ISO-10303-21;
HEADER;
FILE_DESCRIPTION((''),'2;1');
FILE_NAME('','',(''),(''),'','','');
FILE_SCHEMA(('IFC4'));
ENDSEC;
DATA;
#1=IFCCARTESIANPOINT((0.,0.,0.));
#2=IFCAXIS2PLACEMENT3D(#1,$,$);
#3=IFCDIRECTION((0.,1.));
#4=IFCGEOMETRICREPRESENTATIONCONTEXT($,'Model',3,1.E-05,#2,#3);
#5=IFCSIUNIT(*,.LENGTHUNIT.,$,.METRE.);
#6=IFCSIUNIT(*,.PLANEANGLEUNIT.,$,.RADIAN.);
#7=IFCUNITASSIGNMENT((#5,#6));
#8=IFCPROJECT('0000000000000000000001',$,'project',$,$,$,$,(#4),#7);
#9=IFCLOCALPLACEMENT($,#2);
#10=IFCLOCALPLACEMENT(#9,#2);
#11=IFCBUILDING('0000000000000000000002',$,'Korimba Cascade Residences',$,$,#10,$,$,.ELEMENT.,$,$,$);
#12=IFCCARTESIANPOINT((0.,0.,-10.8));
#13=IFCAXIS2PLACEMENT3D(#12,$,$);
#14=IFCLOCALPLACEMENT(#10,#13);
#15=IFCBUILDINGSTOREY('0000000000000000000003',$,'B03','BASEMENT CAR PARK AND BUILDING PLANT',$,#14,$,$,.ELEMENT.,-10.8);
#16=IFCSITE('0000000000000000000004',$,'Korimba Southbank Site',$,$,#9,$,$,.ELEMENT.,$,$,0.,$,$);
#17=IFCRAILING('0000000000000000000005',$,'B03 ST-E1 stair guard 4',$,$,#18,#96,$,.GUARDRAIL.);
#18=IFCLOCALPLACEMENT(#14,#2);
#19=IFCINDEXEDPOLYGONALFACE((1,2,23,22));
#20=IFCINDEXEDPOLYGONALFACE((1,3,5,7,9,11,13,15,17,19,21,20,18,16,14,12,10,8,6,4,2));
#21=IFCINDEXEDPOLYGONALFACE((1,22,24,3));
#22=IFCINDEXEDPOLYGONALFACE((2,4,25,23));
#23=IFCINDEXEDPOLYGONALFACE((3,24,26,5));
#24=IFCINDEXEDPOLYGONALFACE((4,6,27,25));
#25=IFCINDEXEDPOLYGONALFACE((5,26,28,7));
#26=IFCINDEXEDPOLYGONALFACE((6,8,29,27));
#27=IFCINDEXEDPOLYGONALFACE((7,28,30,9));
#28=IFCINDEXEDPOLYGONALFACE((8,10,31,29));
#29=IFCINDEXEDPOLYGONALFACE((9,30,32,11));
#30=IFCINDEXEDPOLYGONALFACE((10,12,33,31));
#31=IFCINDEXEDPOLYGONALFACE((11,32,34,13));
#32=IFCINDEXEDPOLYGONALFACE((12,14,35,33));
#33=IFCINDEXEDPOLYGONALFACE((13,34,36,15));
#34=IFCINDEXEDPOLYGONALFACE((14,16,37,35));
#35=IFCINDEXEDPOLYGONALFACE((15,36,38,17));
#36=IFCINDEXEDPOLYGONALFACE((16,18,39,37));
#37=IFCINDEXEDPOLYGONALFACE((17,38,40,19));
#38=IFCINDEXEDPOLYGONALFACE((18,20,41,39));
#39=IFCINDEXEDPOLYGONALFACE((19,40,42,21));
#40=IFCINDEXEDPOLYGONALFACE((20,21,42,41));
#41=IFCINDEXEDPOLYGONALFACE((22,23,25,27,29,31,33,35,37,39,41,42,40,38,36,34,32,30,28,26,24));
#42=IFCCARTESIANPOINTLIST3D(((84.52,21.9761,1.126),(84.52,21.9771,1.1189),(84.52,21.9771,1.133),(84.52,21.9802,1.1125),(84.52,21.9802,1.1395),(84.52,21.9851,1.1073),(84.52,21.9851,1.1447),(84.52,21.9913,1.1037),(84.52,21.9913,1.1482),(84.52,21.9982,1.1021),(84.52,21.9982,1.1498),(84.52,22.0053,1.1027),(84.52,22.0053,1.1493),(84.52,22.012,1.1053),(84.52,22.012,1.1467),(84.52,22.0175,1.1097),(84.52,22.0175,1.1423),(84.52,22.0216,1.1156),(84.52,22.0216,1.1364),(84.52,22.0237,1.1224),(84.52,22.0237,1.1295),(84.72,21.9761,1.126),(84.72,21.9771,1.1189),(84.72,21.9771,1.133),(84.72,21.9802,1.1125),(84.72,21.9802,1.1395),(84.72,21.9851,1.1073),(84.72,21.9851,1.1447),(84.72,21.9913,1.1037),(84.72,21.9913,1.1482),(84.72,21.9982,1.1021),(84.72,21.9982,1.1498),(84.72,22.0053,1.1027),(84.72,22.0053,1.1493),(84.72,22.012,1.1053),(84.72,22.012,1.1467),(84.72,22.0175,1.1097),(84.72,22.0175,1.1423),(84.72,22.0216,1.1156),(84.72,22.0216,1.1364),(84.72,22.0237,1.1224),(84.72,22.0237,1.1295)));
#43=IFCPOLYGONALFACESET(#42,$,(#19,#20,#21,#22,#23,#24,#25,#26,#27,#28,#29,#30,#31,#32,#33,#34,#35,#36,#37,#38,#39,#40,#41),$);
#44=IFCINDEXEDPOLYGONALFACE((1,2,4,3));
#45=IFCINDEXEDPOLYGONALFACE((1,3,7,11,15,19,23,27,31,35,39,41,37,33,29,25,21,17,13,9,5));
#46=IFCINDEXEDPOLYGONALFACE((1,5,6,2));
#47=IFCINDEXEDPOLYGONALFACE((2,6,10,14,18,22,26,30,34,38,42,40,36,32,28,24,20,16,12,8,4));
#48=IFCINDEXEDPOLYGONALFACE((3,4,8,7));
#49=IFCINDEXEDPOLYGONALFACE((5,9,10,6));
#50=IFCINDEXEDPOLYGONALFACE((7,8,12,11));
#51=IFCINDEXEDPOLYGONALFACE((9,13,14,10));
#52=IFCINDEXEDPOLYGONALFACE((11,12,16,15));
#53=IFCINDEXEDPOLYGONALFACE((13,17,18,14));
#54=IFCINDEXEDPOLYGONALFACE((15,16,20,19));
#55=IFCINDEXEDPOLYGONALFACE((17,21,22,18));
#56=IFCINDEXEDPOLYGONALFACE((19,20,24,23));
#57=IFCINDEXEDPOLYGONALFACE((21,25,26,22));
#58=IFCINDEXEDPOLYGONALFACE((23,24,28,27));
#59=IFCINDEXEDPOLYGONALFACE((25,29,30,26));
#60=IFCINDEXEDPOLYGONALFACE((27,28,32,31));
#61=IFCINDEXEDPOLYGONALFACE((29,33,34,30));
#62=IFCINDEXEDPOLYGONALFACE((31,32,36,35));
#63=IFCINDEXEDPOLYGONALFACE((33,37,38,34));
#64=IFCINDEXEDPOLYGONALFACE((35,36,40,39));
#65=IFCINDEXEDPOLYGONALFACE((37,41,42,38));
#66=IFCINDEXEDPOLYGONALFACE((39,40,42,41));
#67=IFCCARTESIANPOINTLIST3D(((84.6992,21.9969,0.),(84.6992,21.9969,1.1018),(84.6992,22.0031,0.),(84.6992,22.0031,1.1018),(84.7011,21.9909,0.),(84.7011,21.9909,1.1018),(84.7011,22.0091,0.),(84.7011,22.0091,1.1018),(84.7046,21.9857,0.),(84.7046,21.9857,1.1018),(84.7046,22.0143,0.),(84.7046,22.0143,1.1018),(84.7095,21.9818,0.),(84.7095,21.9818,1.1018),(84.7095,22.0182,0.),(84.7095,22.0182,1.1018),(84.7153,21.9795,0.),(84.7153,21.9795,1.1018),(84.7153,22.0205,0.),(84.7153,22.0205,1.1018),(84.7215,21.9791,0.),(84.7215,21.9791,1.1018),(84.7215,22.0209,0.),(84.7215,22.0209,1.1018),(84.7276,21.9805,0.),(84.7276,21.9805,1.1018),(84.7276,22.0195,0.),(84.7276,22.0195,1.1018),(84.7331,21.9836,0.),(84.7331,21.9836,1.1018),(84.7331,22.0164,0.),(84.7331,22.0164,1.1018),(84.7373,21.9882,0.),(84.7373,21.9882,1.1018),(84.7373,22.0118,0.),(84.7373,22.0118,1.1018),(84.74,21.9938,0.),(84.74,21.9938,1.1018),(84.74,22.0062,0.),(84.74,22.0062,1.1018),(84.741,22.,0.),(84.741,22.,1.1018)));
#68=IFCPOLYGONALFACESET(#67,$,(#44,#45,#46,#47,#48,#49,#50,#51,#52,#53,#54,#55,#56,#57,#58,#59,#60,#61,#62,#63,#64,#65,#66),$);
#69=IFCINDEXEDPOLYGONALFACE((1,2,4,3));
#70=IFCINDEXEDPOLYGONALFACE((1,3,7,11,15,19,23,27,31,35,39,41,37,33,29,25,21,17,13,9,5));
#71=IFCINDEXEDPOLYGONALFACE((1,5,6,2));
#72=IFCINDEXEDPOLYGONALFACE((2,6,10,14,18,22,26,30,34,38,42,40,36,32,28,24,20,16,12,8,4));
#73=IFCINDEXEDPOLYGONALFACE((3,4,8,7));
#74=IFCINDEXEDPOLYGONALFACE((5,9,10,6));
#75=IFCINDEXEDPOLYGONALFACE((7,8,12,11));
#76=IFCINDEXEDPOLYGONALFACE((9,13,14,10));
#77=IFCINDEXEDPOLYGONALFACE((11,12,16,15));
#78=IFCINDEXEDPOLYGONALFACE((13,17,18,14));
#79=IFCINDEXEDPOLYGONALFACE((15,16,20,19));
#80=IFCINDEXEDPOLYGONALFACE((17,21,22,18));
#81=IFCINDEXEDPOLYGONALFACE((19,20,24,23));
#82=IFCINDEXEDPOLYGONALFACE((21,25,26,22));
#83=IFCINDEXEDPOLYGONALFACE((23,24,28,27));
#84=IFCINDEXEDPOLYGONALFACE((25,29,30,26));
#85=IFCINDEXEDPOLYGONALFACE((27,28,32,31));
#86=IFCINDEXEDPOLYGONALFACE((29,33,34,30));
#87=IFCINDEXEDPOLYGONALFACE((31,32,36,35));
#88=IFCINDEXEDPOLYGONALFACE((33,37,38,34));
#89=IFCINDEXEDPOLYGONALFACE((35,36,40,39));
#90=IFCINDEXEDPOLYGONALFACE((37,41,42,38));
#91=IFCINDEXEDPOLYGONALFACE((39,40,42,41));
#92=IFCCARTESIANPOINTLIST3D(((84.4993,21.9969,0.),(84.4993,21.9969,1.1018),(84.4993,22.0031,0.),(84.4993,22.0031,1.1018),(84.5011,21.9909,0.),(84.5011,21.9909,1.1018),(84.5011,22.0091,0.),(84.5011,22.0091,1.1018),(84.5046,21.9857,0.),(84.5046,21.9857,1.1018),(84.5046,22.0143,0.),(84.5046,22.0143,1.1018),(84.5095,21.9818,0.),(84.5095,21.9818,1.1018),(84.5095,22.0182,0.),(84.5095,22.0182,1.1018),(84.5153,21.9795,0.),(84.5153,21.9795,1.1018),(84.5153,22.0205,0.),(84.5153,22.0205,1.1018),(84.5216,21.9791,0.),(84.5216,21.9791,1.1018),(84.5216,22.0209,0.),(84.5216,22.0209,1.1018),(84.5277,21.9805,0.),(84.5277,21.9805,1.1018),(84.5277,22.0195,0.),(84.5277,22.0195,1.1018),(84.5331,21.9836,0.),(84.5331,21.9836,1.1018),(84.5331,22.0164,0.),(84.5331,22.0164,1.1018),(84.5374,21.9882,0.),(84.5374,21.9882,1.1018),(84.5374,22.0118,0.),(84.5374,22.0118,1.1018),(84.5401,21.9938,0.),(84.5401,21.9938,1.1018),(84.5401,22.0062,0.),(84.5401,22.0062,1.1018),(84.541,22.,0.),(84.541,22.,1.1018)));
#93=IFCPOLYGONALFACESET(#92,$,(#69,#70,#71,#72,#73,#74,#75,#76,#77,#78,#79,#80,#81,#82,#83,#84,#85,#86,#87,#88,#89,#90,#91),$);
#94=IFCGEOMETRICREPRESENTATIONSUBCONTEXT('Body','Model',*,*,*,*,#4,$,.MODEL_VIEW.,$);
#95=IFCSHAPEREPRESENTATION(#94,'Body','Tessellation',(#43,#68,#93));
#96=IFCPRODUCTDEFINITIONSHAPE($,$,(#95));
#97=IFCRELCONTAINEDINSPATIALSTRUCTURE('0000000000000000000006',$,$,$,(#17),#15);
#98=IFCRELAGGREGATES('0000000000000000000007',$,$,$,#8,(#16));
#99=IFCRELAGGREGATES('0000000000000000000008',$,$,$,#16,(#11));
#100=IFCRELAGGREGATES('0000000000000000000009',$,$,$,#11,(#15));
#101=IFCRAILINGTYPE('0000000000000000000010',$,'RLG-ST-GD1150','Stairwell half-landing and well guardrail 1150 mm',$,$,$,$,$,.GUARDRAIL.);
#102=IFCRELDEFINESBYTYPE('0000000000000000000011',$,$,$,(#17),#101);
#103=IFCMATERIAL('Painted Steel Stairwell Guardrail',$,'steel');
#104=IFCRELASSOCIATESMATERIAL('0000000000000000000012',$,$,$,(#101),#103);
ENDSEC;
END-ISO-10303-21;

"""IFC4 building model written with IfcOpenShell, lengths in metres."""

from ifc_helpers import new_model, si_unit, direction, frame, origin, origin_2d, place, context, subcontext, project, spatial, circle, extrude, material, type_object, element, save


model = new_model("IFC4")

# Units and contexts
model_context = context("Model", 3, precision=1e-05, world=origin(), true_north=direction((0.0, 1.0)))
body_context = subcontext(model_context, "Body", "Model", "MODEL_VIEW")
ifc_project = project(units=[si_unit("LENGTHUNIT", "METRE"), si_unit("PLANEANGLEUNIT", "RADIAN")], contexts=[model_context])

# Site, building, storey
site_placement = place(None, origin())
site = spatial("IfcSite", under=ifc_project, at=site_placement, Name="Korimba Southbank Site", CompositionType="ELEMENT", RefElevation=0.0)
building_placement = place(site_placement, origin())
building = spatial("IfcBuilding", under=site, at=building_placement, Name="Korimba Cascade Residences", CompositionType="ELEMENT")
storey_placement = place(building_placement, frame((0.0, 0.0, -10.8)))
storey = spatial("IfcBuildingStorey", under=building, at=storey_placement, Name="B03", Description="BASEMENT CAR PARK AND BUILDING PLANT", CompositionType="ELEMENT", Elevation=-10.8)

# Railing
ifc_material_1 = material(Name="Painted Steel Stairwell Guardrail", Category="steel")
railing_type_1 = type_object("IfcRailingType", Name="RLG-ST-GD1150", Description="Stairwell half-landing and well guardrail 1150 mm", PredefinedType="GUARDRAIL", material=ifc_material_1)
railing_1_placement = place(storey_placement, frame((84.72, 22.0, 0.0)))
element("IfcRailing", 1, at=railing_1_placement, inside=storey, type_object=railing_type_1, Name="B03 ST-E1 stair guard 4", PredefinedType="GUARDRAIL", context=body_context, shape_type="SweptSolid", body=[
    extrude(circle(Radius=0.0239, at=origin_2d()), frame((0.0, 0.0, 1.126), z_axis=(-1.0, 0.0, 0.0), x_axis=(0.0, -1.0, 0.0)), (0.0, 0.0, 1.0), 0.2),
    extrude(circle(Radius=0.021, at=origin_2d()), origin(), (0.0, 0.0, 1.0), 1.1018),
    extrude(circle(Radius=0.021, at=origin_2d()), frame((-0.2, 0.0, 0.0)), (0.0, 0.0, 1.0), 1.1018),
])

save(model, "model.ifc")
